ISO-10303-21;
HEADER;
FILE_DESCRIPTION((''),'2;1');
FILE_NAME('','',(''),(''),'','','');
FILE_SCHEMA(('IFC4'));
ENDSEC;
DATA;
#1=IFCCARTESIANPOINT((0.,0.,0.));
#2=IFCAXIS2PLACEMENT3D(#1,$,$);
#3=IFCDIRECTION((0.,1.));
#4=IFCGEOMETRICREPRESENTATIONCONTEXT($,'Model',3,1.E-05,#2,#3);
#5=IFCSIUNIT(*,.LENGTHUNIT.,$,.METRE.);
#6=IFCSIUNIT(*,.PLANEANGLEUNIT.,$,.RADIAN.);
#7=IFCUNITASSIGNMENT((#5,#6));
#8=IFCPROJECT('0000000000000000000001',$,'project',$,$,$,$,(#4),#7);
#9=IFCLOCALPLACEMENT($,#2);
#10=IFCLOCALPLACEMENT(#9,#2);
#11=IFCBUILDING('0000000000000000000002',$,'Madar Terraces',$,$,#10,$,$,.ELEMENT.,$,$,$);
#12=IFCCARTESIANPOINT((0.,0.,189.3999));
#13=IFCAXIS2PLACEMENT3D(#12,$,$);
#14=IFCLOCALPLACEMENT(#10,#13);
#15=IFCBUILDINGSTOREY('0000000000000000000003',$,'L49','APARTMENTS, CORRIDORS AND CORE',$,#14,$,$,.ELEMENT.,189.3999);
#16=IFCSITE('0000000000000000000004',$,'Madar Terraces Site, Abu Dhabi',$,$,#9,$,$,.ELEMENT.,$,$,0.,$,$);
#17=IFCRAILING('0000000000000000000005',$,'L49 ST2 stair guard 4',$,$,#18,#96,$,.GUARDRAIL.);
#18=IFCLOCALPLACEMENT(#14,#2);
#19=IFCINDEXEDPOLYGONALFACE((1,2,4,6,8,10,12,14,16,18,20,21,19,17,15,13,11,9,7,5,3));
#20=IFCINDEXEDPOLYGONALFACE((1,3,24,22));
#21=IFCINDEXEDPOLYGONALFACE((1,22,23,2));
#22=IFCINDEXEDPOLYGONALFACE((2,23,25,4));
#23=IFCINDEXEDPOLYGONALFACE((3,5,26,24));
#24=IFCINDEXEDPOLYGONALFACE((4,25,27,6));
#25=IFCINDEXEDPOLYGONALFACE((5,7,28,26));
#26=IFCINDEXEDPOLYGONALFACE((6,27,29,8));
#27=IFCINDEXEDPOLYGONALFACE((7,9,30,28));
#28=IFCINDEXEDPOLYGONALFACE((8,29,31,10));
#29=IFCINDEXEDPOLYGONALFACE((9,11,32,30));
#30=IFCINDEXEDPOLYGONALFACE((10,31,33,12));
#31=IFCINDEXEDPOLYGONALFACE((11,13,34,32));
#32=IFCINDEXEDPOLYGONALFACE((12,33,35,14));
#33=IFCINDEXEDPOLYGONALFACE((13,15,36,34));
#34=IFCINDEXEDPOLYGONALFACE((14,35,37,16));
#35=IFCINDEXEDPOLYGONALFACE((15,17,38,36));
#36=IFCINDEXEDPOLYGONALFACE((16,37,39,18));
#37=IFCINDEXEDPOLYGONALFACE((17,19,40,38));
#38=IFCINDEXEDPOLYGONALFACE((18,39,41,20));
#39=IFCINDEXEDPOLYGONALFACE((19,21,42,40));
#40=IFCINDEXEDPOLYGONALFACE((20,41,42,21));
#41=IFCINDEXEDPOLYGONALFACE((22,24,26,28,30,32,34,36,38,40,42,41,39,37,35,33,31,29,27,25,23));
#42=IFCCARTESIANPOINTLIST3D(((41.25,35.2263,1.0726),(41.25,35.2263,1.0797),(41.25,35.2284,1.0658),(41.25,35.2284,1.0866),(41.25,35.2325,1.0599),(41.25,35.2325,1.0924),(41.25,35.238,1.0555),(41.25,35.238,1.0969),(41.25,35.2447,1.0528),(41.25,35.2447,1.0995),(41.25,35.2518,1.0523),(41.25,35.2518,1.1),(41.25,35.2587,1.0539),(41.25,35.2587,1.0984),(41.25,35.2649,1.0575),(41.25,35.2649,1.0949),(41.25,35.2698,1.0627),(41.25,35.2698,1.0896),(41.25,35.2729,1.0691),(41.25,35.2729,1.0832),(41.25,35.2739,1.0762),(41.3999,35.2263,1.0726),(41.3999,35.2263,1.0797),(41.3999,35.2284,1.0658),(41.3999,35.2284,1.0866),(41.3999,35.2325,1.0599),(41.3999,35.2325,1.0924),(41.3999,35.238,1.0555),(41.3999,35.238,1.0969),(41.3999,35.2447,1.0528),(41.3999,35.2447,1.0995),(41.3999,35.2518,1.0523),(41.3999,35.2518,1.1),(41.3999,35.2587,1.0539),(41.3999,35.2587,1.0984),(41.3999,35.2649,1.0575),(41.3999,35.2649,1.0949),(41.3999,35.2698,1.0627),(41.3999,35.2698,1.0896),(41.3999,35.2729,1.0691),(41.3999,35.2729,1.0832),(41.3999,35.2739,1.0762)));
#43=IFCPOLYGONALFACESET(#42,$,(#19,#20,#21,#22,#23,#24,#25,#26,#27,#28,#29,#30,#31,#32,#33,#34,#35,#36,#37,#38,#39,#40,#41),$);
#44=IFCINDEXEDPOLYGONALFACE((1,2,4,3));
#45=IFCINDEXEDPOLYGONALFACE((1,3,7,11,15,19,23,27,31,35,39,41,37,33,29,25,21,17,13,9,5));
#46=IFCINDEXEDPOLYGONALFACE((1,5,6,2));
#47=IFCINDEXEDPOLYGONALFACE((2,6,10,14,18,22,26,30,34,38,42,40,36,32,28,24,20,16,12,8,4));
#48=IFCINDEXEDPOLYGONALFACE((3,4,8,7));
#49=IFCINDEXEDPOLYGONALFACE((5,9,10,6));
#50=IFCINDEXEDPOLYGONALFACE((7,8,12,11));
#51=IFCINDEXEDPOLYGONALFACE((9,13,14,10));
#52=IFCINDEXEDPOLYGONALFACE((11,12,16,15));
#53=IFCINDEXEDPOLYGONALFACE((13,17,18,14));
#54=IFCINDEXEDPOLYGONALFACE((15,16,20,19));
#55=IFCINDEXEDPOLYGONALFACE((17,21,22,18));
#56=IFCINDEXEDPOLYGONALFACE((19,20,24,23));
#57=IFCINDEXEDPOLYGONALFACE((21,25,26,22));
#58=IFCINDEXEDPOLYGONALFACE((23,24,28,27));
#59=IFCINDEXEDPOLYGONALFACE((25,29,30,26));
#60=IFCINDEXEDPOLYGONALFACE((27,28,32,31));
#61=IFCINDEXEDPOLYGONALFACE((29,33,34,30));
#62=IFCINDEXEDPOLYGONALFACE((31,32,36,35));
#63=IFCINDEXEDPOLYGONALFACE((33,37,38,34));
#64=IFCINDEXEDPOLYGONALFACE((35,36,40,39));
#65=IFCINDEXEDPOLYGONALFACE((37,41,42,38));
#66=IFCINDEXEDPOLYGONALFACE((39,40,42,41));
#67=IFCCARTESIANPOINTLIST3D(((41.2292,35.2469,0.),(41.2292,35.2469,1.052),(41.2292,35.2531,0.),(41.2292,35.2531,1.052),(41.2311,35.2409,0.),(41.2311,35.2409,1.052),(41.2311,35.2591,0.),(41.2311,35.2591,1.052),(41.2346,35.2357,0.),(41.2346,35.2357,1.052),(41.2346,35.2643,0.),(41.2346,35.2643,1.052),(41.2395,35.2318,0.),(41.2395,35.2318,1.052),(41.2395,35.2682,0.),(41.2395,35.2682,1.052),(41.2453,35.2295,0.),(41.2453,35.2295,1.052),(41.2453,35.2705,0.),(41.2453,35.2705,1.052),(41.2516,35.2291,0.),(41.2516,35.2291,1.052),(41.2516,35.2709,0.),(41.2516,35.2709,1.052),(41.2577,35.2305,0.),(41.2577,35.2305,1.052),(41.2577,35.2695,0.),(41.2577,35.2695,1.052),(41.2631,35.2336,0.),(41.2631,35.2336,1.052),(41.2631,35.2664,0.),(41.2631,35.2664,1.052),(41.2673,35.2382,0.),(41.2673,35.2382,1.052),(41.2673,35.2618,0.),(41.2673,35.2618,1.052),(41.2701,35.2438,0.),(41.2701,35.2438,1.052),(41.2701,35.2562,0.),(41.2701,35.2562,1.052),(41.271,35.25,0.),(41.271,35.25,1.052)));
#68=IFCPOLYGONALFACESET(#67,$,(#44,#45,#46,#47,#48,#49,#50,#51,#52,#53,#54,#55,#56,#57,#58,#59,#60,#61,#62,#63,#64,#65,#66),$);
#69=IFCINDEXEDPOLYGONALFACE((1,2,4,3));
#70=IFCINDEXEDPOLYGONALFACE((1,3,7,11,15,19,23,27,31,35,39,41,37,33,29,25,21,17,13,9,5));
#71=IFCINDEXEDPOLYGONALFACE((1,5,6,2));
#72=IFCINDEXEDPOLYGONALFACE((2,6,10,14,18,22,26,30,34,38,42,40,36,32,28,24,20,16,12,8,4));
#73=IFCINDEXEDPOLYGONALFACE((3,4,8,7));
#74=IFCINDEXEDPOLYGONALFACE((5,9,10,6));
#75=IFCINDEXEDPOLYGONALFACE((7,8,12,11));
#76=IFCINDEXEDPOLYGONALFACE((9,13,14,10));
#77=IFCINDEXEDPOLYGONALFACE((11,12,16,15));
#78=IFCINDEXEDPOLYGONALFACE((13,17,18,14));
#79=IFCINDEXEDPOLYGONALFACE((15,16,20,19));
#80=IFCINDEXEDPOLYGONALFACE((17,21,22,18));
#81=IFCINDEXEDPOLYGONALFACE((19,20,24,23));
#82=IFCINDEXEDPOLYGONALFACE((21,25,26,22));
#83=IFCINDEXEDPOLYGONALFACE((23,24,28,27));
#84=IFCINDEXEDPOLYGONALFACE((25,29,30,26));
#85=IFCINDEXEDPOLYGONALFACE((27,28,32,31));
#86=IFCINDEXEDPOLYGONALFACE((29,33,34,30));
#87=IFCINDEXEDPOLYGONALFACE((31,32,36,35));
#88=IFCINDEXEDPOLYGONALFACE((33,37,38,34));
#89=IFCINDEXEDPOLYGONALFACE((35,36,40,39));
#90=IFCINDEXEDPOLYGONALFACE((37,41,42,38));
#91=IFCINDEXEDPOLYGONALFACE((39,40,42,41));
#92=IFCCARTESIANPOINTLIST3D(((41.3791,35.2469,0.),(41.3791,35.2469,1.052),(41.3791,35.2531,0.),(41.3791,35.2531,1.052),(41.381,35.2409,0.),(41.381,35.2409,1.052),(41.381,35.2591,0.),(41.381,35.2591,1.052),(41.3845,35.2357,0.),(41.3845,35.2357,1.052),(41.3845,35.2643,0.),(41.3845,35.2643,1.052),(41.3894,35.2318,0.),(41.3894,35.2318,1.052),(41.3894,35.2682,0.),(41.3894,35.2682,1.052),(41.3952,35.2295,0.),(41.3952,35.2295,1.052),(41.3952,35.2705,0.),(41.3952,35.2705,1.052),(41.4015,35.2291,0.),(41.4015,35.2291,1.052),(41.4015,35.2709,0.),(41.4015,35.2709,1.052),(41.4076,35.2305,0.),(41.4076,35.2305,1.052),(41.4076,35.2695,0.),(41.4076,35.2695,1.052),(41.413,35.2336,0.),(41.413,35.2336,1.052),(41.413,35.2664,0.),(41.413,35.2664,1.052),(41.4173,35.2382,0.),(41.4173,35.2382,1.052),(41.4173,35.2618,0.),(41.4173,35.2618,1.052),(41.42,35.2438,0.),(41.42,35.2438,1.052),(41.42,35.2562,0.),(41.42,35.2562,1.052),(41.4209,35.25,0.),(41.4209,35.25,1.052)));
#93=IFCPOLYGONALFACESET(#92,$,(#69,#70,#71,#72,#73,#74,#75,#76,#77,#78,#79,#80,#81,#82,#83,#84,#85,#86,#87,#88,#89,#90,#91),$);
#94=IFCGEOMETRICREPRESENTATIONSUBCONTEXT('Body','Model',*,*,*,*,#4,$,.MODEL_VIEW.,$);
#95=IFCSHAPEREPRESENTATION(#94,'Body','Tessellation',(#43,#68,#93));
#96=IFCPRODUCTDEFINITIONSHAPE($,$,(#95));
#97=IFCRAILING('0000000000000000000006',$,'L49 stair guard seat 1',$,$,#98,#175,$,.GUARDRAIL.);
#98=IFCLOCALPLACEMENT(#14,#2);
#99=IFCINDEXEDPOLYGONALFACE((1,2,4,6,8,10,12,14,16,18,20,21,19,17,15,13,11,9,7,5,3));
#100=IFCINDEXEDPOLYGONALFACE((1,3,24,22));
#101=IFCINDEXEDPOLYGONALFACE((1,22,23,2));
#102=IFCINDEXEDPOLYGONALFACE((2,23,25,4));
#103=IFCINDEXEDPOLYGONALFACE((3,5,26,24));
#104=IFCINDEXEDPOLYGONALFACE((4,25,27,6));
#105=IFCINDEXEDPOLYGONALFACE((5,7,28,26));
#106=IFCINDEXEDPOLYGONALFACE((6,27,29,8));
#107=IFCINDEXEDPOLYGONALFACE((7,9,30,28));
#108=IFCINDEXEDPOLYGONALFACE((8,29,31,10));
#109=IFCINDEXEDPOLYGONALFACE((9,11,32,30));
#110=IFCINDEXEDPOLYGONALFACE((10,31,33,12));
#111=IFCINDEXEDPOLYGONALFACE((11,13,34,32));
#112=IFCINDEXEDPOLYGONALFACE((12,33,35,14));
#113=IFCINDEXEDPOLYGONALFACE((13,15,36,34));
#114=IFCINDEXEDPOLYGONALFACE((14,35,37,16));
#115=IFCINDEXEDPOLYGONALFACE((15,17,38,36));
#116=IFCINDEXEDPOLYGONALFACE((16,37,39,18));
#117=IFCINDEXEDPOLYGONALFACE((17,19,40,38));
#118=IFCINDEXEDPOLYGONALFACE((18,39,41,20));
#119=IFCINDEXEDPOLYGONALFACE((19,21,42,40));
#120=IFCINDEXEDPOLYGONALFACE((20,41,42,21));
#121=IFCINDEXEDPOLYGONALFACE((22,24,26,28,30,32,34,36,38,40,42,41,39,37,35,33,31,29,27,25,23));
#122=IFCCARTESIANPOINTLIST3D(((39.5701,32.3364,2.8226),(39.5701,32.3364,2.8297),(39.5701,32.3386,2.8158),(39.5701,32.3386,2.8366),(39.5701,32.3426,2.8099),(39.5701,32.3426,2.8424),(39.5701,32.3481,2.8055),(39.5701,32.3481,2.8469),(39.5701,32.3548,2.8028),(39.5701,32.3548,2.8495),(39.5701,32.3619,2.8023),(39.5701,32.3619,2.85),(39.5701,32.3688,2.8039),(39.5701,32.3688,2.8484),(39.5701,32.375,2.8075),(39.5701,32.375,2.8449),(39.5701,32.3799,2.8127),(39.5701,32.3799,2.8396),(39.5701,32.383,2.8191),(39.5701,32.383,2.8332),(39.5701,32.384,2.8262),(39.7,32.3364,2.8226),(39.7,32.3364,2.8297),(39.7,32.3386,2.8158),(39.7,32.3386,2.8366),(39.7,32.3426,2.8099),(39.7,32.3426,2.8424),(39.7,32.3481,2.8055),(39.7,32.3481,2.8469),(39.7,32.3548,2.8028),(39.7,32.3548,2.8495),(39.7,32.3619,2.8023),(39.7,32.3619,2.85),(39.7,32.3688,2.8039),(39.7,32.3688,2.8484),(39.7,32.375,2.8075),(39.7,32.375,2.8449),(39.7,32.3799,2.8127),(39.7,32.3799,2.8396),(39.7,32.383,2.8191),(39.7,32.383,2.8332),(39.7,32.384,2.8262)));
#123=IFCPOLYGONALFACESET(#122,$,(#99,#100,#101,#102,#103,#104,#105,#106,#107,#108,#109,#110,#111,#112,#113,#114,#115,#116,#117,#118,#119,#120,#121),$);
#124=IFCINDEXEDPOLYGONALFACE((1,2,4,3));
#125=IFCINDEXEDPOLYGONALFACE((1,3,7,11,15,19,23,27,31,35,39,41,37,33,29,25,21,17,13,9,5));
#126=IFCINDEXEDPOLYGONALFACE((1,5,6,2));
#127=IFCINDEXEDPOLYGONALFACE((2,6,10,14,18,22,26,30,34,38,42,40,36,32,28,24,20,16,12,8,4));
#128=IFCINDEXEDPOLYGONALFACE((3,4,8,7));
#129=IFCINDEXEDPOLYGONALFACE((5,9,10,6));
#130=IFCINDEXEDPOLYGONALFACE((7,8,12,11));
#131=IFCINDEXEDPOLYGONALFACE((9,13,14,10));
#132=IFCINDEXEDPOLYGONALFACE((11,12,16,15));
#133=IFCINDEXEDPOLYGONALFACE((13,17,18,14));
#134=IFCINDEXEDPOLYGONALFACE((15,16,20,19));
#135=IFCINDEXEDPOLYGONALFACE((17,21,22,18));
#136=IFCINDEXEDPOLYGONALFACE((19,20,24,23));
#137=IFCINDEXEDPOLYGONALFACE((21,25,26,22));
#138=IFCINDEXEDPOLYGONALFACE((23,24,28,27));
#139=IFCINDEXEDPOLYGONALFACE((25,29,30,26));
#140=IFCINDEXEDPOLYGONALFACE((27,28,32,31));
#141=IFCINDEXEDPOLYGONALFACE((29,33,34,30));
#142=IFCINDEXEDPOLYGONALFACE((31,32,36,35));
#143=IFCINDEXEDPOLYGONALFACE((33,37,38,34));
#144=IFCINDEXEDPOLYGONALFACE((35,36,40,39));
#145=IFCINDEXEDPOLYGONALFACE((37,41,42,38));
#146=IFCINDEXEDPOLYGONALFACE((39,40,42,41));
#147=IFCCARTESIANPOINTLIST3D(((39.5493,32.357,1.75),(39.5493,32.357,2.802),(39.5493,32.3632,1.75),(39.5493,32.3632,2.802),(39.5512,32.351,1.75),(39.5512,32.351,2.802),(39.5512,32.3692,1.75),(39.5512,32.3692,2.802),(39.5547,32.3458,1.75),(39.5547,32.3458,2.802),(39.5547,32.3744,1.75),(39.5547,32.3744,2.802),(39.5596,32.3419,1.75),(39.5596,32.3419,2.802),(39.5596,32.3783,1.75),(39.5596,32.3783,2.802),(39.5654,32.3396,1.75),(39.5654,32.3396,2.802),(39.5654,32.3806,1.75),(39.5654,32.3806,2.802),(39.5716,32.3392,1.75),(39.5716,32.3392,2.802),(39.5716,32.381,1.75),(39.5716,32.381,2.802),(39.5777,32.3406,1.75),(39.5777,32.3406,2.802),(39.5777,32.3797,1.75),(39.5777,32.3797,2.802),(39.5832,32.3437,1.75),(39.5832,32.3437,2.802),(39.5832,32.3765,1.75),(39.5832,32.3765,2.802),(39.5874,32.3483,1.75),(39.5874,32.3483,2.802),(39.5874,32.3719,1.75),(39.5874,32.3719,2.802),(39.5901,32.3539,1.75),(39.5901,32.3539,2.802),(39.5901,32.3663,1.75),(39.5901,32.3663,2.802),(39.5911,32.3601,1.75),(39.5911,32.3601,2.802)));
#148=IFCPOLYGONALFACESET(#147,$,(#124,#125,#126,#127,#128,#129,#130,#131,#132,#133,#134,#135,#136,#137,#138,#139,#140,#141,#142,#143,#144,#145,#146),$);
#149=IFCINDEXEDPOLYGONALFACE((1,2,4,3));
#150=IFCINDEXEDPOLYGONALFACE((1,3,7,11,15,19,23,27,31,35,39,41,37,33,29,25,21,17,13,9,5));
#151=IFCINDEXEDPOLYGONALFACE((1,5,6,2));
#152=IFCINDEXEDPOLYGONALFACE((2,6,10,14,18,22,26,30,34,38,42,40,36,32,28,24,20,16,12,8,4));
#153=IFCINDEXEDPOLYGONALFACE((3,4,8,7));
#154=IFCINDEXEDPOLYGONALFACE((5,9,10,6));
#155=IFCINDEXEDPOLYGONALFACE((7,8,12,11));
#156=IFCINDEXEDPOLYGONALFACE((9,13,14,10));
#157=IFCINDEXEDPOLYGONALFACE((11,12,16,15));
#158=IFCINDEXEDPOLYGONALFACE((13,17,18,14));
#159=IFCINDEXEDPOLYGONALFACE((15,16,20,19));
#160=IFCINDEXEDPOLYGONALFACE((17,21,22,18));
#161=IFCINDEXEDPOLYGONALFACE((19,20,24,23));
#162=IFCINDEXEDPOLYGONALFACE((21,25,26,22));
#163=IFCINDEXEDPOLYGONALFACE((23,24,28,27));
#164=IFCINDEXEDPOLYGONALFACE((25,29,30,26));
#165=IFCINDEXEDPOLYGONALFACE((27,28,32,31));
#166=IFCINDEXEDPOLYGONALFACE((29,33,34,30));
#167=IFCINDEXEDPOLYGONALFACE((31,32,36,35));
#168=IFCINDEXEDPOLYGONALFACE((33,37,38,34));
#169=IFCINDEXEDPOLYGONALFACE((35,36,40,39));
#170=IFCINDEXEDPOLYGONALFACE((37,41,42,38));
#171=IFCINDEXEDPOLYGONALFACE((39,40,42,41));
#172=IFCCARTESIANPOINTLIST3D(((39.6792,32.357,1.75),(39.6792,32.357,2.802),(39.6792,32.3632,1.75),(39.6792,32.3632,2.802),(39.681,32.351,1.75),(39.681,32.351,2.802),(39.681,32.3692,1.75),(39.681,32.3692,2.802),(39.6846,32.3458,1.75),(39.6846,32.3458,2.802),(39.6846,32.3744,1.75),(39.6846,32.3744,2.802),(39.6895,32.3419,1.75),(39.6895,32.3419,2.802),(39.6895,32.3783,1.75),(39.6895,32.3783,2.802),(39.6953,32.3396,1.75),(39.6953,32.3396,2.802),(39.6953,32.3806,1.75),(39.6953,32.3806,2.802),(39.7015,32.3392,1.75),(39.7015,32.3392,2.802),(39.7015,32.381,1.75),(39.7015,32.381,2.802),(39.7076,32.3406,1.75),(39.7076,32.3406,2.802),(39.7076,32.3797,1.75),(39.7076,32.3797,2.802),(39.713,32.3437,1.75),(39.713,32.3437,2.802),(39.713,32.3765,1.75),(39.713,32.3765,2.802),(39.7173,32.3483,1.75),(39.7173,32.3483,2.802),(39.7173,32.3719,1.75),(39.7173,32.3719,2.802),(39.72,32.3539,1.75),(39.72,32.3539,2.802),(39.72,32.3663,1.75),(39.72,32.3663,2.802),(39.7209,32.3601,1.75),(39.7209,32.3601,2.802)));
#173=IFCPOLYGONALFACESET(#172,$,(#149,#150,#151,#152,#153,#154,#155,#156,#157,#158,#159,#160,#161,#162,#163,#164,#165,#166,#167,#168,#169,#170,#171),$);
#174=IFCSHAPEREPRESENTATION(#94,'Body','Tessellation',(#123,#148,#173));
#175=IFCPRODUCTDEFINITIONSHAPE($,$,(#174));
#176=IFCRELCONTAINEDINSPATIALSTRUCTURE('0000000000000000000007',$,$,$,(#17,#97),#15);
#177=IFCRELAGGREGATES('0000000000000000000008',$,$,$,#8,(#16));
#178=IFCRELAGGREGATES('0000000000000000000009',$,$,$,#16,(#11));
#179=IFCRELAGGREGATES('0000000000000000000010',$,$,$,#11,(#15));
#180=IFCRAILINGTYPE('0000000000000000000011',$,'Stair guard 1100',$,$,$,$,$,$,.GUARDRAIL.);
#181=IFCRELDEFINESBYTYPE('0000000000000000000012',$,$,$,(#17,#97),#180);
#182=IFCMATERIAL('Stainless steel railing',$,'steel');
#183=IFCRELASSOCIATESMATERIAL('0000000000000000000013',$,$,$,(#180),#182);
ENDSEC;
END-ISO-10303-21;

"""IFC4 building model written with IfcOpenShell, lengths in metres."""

from ifc_helpers import new_model, si_unit, direction, frame, origin, origin_2d, place, context, subcontext, project, spatial, circle, extrude, material, type_object, element, save


model = new_model("IFC4")

# Units and contexts
model_context = context("Model", 3, precision=1e-05, world=origin(), true_north=direction((0.0, 1.0)))
body_context = subcontext(model_context, "Body", "Model", "MODEL_VIEW")
ifc_project = project(units=[si_unit("LENGTHUNIT", "METRE"), si_unit("PLANEANGLEUNIT", "RADIAN")], contexts=[model_context])

# Site, building, storey
site_placement = place(None, origin())
site = spatial("IfcSite", under=ifc_project, at=site_placement, Name="Madar Terraces Site, Abu Dhabi", CompositionType="ELEMENT", RefElevation=0.0)
building_placement = place(site_placement, origin())
building = spatial("IfcBuilding", under=site, at=building_placement, Name="Madar Terraces", CompositionType="ELEMENT")
storey_placement = place(building_placement, frame((0.0, 0.0, 189.3999)))
storey = spatial("IfcBuildingStorey", under=building, at=storey_placement, Name="L49", Description="APARTMENTS, CORRIDORS AND CORE", CompositionType="ELEMENT", Elevation=189.3999)

# Railings
ifc_material_1 = material(Name="Stainless steel railing", Category="steel")
railing_type_1 = type_object("IfcRailingType", Name="Stair guard 1100", PredefinedType="GUARDRAIL", material=ifc_material_1)
railing_1_placement = place(storey_placement, frame((41.25, 35.25, 0.0)))
element("IfcRailing", 1, at=railing_1_placement, inside=storey, type_object=railing_type_1, Name="L49 ST2 stair guard 4", PredefinedType="GUARDRAIL", context=body_context, shape_type="SweptSolid", body=[
    extrude(circle(Radius=0.0239, at=origin_2d()), frame((0.0, 0.0, 1.0762), z_axis=(1.0, 0.0, 0.0), x_axis=(0.0, 1.0, 0.0)), (0.0, 0.0, 1.0), 0.1499),
    extrude(circle(Radius=0.021, at=origin_2d()), origin(), (0.0, 0.0, 1.0), 1.052),
    extrude(circle(Radius=0.021, at=origin_2d()), frame((0.1499, 0.0, 0.0)), (0.0, 0.0, 1.0), 1.052),
])
railing_2_placement = place(storey_placement, frame((39.5701, 32.3601, 1.75)))
element("IfcRailing", 2, at=railing_2_placement, inside=storey, type_object=railing_type_1, Name="L49 stair guard seat 1", PredefinedType="GUARDRAIL", context=body_context, shape_type="SweptSolid", body=[
    extrude(circle(Radius=0.0239, at=origin_2d()), frame((0.0, 0.0, 1.0762), z_axis=(1.0, 0.0, 0.0), x_axis=(0.0, 1.0, 0.0)), (0.0, 0.0, 1.0), 0.1299),
    extrude(circle(Radius=0.021, at=origin_2d()), origin(), (0.0, 0.0, 1.0), 1.052),
    extrude(circle(Radius=0.021, at=origin_2d()), frame((0.1299, 0.0, 0.0)), (0.0, 0.0, 1.0), 1.052),
])

save(model, "model.ifc")
